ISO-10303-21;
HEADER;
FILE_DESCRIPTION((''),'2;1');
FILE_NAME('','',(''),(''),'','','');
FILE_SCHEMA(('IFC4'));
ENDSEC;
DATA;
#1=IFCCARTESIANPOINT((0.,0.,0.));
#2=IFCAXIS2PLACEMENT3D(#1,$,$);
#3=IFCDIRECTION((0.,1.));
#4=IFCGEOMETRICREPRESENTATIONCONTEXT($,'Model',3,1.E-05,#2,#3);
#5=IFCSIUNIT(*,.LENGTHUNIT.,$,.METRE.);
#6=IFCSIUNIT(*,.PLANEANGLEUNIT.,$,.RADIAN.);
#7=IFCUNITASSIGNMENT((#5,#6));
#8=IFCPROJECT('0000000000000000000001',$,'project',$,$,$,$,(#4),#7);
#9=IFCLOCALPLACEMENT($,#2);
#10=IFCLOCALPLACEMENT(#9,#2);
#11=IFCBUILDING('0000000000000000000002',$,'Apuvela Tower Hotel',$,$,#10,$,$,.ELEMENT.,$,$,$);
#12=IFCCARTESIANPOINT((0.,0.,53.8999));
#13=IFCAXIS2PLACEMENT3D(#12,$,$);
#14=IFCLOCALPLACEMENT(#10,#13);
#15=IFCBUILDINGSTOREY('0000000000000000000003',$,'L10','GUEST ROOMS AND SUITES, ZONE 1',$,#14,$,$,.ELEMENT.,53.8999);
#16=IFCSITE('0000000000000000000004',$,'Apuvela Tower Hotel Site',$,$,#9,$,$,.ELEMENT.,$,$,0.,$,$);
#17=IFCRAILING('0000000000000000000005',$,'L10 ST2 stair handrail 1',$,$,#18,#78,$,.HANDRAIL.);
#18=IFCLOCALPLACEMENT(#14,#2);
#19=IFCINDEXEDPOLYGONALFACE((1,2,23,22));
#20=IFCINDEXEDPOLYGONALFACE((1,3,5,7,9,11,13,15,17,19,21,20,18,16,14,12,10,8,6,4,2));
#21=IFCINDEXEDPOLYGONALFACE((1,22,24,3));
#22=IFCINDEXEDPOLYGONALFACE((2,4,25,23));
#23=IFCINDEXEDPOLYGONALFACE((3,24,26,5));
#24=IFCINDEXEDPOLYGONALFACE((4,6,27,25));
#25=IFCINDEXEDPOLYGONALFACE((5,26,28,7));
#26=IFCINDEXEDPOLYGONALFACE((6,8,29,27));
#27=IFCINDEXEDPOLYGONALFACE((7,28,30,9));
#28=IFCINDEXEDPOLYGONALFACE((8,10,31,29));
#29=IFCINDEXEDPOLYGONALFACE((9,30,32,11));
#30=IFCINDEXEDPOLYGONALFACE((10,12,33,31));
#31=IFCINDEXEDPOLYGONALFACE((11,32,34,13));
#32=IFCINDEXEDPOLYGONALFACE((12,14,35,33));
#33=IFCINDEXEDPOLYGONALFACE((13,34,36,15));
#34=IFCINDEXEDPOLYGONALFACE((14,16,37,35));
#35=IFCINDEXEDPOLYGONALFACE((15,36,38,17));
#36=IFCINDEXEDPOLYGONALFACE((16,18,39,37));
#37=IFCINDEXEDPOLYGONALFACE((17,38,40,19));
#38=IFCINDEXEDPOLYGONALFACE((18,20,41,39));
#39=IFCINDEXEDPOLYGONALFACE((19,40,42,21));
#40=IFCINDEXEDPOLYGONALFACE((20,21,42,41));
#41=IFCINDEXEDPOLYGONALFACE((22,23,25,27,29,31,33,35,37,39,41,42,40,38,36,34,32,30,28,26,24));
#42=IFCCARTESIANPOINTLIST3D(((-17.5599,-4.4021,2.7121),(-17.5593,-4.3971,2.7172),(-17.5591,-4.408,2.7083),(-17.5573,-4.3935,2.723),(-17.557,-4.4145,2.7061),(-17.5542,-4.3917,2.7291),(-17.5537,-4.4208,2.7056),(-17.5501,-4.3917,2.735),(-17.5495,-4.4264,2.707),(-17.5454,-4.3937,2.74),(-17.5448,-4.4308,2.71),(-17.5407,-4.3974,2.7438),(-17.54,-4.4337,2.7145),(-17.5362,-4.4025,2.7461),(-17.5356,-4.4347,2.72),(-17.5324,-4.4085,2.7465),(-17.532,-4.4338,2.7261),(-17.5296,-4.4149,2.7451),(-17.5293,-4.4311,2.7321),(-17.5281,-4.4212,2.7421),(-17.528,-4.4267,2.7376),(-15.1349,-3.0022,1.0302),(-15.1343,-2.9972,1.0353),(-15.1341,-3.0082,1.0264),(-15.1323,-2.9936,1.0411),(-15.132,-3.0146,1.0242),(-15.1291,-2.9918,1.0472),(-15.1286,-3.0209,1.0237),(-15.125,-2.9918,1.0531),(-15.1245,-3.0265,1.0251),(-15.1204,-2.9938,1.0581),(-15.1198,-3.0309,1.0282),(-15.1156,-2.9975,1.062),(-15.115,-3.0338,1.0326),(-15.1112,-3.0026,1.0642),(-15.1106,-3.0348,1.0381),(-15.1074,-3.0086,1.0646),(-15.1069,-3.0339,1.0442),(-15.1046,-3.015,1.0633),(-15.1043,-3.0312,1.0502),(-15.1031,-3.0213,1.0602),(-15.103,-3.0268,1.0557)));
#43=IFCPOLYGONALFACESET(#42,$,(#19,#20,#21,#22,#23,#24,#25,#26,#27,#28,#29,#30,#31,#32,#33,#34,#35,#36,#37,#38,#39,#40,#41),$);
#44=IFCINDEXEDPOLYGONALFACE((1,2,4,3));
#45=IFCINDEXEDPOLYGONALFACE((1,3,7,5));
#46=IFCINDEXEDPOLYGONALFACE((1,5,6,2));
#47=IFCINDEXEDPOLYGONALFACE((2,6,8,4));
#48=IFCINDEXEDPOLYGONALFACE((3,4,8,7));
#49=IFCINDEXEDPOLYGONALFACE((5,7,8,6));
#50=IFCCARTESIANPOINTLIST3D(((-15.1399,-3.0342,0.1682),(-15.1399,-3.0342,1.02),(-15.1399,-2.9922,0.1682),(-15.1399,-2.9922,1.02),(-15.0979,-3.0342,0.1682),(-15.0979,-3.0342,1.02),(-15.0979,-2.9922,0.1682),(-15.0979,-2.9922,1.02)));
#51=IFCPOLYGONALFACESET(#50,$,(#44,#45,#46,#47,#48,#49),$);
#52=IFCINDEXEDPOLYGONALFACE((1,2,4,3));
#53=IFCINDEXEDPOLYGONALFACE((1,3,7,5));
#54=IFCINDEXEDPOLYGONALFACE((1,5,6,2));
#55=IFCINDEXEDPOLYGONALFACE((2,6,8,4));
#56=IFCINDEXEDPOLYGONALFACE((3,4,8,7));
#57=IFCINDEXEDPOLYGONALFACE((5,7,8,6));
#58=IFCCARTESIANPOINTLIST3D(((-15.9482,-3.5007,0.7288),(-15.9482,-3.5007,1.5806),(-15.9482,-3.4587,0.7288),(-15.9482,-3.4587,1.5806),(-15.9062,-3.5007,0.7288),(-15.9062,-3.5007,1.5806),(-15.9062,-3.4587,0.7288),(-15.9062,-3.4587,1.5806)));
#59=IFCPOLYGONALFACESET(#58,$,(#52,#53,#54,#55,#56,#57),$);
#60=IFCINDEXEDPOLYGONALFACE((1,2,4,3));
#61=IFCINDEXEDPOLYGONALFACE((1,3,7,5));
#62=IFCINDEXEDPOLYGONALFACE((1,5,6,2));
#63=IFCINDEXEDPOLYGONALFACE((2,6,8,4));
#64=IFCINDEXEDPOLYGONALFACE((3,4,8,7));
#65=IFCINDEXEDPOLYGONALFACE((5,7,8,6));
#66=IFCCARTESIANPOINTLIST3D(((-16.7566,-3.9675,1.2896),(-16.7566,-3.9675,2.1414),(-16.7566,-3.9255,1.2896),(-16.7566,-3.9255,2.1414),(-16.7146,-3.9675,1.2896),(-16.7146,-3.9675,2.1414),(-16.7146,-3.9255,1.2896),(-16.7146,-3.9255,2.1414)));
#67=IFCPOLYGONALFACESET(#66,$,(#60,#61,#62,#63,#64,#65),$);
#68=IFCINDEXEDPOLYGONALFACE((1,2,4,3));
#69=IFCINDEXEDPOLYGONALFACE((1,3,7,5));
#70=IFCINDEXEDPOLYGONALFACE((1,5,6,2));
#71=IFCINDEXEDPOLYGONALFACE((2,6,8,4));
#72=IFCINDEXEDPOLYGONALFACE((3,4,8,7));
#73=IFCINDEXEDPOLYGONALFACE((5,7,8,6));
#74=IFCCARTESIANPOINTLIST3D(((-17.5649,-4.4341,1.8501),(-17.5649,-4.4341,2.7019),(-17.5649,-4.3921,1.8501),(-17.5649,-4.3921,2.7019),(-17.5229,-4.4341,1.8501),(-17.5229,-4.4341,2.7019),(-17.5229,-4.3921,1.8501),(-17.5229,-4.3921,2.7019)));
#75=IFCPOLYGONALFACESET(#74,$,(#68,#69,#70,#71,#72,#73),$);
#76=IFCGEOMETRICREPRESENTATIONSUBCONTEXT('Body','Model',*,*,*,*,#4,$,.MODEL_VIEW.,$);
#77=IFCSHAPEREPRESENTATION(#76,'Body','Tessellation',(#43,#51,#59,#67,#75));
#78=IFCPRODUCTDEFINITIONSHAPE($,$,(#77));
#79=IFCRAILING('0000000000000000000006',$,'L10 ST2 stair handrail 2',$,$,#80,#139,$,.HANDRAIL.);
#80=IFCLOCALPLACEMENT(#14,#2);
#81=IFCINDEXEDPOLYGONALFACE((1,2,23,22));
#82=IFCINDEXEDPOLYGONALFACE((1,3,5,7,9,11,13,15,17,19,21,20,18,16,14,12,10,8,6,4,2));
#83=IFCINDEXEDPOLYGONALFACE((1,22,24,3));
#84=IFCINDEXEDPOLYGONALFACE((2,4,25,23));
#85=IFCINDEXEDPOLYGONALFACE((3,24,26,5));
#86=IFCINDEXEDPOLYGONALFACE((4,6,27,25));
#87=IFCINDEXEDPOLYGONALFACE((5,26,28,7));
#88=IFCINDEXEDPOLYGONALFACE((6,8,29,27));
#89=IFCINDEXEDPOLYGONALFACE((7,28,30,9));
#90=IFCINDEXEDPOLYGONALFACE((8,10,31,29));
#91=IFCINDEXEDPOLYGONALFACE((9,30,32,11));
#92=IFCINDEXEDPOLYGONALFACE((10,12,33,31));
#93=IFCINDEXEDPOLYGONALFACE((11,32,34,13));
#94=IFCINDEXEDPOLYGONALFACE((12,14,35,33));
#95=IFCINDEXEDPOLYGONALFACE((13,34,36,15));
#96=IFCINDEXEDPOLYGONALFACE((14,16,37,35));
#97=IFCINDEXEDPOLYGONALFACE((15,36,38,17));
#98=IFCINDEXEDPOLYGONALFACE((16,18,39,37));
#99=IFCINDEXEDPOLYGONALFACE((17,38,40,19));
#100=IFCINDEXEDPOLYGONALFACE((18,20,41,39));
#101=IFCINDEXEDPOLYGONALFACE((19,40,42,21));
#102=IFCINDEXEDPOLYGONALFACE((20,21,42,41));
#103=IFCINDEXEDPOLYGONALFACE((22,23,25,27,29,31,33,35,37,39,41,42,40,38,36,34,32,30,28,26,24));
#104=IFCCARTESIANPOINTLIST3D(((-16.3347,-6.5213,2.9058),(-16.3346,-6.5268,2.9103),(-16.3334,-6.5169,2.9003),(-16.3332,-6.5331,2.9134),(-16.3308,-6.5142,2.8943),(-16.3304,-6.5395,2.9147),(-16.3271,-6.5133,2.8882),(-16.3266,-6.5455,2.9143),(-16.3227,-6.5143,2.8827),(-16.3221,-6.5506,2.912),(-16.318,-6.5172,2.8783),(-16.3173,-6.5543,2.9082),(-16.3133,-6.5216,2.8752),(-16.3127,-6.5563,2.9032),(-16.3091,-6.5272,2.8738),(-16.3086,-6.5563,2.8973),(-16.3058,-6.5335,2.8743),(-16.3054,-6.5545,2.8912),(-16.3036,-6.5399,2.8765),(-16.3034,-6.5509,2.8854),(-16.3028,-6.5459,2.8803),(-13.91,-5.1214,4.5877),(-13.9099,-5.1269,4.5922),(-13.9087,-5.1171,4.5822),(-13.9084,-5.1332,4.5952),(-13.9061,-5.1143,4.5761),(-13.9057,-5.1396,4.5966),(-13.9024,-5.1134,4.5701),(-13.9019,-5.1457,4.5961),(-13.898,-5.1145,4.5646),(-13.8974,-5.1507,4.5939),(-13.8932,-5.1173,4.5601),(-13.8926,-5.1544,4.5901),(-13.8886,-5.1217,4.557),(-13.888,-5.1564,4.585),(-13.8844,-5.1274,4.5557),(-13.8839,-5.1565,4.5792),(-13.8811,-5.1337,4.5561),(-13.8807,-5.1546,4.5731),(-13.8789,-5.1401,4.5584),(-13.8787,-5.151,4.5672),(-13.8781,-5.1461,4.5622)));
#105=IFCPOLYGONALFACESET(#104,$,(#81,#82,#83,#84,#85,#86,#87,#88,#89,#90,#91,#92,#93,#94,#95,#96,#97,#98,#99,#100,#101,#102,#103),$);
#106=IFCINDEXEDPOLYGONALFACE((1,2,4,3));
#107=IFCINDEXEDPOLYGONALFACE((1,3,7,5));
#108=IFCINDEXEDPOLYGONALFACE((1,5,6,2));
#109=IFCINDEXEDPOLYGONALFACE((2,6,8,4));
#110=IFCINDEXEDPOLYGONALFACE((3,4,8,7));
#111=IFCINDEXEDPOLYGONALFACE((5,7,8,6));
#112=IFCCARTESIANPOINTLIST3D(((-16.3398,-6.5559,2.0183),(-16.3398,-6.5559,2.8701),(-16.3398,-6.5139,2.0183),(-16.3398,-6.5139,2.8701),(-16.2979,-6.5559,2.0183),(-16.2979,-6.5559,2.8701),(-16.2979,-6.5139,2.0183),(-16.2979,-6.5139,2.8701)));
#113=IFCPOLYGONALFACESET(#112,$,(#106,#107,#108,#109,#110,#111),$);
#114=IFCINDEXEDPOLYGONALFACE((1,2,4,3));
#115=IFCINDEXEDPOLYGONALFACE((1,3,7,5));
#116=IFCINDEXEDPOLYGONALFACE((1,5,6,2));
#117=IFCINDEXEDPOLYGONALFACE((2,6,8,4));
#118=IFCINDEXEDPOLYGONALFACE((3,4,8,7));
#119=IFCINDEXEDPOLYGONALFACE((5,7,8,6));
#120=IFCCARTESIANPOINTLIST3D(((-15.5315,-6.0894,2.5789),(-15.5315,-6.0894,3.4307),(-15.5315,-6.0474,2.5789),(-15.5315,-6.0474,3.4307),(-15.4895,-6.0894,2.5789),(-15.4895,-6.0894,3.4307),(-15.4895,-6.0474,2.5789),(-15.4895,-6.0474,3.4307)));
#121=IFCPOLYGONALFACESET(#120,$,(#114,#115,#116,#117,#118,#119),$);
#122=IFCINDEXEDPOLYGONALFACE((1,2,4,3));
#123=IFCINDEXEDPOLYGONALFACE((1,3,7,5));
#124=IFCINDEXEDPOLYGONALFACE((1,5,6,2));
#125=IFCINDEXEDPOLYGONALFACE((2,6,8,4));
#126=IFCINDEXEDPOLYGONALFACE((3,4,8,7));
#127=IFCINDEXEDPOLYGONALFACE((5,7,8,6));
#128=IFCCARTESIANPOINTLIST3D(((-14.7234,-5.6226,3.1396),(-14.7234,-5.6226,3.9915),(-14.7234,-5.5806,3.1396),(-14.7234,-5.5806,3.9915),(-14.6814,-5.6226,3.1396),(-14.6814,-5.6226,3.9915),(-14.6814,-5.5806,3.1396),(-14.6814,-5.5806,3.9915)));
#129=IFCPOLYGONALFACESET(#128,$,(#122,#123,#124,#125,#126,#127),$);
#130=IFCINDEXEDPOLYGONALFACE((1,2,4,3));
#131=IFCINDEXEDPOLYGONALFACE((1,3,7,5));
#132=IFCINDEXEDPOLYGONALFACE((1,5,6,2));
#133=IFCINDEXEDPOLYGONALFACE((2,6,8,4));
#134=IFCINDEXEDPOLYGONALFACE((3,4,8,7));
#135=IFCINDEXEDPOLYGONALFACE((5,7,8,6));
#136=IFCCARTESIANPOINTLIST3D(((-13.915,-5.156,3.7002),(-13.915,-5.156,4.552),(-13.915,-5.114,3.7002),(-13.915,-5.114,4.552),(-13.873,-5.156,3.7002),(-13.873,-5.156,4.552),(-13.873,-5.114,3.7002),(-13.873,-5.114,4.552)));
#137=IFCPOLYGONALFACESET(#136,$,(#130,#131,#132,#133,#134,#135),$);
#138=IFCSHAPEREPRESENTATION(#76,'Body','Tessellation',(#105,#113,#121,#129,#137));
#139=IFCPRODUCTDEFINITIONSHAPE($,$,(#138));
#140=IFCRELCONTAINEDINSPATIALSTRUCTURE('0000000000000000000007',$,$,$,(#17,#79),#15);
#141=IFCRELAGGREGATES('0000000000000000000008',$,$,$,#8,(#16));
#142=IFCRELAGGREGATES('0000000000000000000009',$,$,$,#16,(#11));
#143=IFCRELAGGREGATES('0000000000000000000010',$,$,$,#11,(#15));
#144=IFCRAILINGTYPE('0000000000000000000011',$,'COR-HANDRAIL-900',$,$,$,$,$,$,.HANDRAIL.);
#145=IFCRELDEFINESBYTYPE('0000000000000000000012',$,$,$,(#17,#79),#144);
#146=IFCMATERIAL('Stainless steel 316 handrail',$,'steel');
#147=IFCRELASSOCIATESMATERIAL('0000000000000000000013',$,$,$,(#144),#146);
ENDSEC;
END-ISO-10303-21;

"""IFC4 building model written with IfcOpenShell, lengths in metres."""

from ifc_helpers import new_model, si_unit, direction, frame, origin, origin_2d, place, context, subcontext, project, spatial, rectangle, circle, extrude, material, type_object, element, save


model = new_model("IFC4")

# Units and contexts
model_context = context("Model", 3, precision=1e-05, world=origin(), true_north=direction((0.0, 1.0)))
body_context = subcontext(model_context, "Body", "Model", "MODEL_VIEW")
ifc_project = project(units=[si_unit("LENGTHUNIT", "METRE"), si_unit("PLANEANGLEUNIT", "RADIAN")], contexts=[model_context])

# Site, building, storey
site_placement = place(None, origin())
site = spatial("IfcSite", under=ifc_project, at=site_placement, Name="Apuvela Tower Hotel Site", CompositionType="ELEMENT", RefElevation=0.0)
building_placement = place(site_placement, origin())
building = spatial("IfcBuilding", under=site, at=building_placement, Name="Apuvela Tower Hotel", CompositionType="ELEMENT")
storey_placement = place(building_placement, frame((0.0, 0.0, 53.8999)))
storey = spatial("IfcBuildingStorey", under=building, at=storey_placement, Name="L10", Description="GUEST ROOMS AND SUITES, ZONE 1", CompositionType="ELEMENT", Elevation=53.8999)

# Railings
ifc_material_1 = material(Name="Stainless steel 316 handrail", Category="steel")
railing_type_1 = type_object("IfcRailingType", Name="COR-HANDRAIL-900", PredefinedType="HANDRAIL", material=ifc_material_1)
railing_1_placement = place(storey_placement, frame((-15.1189, -3.0132, 0.1682)))
element("IfcRailing", 1, at=railing_1_placement, inside=storey, type_object=railing_type_1, Name="L10 ST2 stair handrail 1", PredefinedType="HANDRAIL", context=body_context, shape_type="SweptSolid", body=[
    extrude(circle(Radius=0.0239, at=origin_2d()), frame((0.0, 0.0, 0.876), z_axis=(-0.742424, -0.428577, 0.514906), x_axis=(0.499946, -0.866056, 0.0)), (0.0, 0.0, 1.0), 3.2664),
    extrude(rectangle(XDim=0.042, YDim=0.042, at=origin_2d()), origin(), (0.0, 0.0, 1.0), 0.8518),
    extrude(rectangle(XDim=0.042, YDim=0.042, at=origin_2d()), frame((-0.8083, -0.4666, 0.5605)), (0.0, 0.0, 1.0), 0.8518),
    extrude(rectangle(XDim=0.042, YDim=0.042, at=origin_2d()), frame((-1.6167, -0.9333, 1.1213)), (0.0, 0.0, 1.0), 0.8518),
    extrude(rectangle(XDim=0.042, YDim=0.042, at=origin_2d()), frame((-2.425, -1.3999, 1.6819)), (0.0, 0.0, 1.0), 0.8518),
])
railing_2_placement = place(storey_placement, frame((-16.3188, -6.5349, 2.0183)))
element("IfcRailing", 2, at=railing_2_placement, inside=storey, type_object=railing_type_1, Name="L10 ST2 stair handrail 2", PredefinedType="HANDRAIL", context=body_context, shape_type="SweptSolid", body=[
    extrude(circle(Radius=0.0239, at=origin_2d()), frame((0.0, 0.0, 0.876), z_axis=(0.74239, 0.428601, 0.514934), x_axis=(-0.499984, 0.866035, 0.0)), (0.0, 0.0, 1.0), 3.2661),
    extrude(rectangle(XDim=0.042, YDim=0.042, at=origin_2d()), origin(), (0.0, 0.0, 1.0), 0.8518),
    extrude(rectangle(XDim=0.042, YDim=0.042, at=origin_2d()), frame((0.8083, 0.4666, 0.5605)), (0.0, 0.0, 1.0), 0.8518),
    extrude(rectangle(XDim=0.042, YDim=0.042, at=origin_2d()), frame((1.6165, 0.9333, 1.1213)), (0.0, 0.0, 1.0), 0.8518),
    extrude(rectangle(XDim=0.042, YDim=0.042, at=origin_2d()), frame((2.4248, 1.3999, 1.6819)), (0.0, 0.0, 1.0), 0.8518),
])

save(model, "model.ifc")
